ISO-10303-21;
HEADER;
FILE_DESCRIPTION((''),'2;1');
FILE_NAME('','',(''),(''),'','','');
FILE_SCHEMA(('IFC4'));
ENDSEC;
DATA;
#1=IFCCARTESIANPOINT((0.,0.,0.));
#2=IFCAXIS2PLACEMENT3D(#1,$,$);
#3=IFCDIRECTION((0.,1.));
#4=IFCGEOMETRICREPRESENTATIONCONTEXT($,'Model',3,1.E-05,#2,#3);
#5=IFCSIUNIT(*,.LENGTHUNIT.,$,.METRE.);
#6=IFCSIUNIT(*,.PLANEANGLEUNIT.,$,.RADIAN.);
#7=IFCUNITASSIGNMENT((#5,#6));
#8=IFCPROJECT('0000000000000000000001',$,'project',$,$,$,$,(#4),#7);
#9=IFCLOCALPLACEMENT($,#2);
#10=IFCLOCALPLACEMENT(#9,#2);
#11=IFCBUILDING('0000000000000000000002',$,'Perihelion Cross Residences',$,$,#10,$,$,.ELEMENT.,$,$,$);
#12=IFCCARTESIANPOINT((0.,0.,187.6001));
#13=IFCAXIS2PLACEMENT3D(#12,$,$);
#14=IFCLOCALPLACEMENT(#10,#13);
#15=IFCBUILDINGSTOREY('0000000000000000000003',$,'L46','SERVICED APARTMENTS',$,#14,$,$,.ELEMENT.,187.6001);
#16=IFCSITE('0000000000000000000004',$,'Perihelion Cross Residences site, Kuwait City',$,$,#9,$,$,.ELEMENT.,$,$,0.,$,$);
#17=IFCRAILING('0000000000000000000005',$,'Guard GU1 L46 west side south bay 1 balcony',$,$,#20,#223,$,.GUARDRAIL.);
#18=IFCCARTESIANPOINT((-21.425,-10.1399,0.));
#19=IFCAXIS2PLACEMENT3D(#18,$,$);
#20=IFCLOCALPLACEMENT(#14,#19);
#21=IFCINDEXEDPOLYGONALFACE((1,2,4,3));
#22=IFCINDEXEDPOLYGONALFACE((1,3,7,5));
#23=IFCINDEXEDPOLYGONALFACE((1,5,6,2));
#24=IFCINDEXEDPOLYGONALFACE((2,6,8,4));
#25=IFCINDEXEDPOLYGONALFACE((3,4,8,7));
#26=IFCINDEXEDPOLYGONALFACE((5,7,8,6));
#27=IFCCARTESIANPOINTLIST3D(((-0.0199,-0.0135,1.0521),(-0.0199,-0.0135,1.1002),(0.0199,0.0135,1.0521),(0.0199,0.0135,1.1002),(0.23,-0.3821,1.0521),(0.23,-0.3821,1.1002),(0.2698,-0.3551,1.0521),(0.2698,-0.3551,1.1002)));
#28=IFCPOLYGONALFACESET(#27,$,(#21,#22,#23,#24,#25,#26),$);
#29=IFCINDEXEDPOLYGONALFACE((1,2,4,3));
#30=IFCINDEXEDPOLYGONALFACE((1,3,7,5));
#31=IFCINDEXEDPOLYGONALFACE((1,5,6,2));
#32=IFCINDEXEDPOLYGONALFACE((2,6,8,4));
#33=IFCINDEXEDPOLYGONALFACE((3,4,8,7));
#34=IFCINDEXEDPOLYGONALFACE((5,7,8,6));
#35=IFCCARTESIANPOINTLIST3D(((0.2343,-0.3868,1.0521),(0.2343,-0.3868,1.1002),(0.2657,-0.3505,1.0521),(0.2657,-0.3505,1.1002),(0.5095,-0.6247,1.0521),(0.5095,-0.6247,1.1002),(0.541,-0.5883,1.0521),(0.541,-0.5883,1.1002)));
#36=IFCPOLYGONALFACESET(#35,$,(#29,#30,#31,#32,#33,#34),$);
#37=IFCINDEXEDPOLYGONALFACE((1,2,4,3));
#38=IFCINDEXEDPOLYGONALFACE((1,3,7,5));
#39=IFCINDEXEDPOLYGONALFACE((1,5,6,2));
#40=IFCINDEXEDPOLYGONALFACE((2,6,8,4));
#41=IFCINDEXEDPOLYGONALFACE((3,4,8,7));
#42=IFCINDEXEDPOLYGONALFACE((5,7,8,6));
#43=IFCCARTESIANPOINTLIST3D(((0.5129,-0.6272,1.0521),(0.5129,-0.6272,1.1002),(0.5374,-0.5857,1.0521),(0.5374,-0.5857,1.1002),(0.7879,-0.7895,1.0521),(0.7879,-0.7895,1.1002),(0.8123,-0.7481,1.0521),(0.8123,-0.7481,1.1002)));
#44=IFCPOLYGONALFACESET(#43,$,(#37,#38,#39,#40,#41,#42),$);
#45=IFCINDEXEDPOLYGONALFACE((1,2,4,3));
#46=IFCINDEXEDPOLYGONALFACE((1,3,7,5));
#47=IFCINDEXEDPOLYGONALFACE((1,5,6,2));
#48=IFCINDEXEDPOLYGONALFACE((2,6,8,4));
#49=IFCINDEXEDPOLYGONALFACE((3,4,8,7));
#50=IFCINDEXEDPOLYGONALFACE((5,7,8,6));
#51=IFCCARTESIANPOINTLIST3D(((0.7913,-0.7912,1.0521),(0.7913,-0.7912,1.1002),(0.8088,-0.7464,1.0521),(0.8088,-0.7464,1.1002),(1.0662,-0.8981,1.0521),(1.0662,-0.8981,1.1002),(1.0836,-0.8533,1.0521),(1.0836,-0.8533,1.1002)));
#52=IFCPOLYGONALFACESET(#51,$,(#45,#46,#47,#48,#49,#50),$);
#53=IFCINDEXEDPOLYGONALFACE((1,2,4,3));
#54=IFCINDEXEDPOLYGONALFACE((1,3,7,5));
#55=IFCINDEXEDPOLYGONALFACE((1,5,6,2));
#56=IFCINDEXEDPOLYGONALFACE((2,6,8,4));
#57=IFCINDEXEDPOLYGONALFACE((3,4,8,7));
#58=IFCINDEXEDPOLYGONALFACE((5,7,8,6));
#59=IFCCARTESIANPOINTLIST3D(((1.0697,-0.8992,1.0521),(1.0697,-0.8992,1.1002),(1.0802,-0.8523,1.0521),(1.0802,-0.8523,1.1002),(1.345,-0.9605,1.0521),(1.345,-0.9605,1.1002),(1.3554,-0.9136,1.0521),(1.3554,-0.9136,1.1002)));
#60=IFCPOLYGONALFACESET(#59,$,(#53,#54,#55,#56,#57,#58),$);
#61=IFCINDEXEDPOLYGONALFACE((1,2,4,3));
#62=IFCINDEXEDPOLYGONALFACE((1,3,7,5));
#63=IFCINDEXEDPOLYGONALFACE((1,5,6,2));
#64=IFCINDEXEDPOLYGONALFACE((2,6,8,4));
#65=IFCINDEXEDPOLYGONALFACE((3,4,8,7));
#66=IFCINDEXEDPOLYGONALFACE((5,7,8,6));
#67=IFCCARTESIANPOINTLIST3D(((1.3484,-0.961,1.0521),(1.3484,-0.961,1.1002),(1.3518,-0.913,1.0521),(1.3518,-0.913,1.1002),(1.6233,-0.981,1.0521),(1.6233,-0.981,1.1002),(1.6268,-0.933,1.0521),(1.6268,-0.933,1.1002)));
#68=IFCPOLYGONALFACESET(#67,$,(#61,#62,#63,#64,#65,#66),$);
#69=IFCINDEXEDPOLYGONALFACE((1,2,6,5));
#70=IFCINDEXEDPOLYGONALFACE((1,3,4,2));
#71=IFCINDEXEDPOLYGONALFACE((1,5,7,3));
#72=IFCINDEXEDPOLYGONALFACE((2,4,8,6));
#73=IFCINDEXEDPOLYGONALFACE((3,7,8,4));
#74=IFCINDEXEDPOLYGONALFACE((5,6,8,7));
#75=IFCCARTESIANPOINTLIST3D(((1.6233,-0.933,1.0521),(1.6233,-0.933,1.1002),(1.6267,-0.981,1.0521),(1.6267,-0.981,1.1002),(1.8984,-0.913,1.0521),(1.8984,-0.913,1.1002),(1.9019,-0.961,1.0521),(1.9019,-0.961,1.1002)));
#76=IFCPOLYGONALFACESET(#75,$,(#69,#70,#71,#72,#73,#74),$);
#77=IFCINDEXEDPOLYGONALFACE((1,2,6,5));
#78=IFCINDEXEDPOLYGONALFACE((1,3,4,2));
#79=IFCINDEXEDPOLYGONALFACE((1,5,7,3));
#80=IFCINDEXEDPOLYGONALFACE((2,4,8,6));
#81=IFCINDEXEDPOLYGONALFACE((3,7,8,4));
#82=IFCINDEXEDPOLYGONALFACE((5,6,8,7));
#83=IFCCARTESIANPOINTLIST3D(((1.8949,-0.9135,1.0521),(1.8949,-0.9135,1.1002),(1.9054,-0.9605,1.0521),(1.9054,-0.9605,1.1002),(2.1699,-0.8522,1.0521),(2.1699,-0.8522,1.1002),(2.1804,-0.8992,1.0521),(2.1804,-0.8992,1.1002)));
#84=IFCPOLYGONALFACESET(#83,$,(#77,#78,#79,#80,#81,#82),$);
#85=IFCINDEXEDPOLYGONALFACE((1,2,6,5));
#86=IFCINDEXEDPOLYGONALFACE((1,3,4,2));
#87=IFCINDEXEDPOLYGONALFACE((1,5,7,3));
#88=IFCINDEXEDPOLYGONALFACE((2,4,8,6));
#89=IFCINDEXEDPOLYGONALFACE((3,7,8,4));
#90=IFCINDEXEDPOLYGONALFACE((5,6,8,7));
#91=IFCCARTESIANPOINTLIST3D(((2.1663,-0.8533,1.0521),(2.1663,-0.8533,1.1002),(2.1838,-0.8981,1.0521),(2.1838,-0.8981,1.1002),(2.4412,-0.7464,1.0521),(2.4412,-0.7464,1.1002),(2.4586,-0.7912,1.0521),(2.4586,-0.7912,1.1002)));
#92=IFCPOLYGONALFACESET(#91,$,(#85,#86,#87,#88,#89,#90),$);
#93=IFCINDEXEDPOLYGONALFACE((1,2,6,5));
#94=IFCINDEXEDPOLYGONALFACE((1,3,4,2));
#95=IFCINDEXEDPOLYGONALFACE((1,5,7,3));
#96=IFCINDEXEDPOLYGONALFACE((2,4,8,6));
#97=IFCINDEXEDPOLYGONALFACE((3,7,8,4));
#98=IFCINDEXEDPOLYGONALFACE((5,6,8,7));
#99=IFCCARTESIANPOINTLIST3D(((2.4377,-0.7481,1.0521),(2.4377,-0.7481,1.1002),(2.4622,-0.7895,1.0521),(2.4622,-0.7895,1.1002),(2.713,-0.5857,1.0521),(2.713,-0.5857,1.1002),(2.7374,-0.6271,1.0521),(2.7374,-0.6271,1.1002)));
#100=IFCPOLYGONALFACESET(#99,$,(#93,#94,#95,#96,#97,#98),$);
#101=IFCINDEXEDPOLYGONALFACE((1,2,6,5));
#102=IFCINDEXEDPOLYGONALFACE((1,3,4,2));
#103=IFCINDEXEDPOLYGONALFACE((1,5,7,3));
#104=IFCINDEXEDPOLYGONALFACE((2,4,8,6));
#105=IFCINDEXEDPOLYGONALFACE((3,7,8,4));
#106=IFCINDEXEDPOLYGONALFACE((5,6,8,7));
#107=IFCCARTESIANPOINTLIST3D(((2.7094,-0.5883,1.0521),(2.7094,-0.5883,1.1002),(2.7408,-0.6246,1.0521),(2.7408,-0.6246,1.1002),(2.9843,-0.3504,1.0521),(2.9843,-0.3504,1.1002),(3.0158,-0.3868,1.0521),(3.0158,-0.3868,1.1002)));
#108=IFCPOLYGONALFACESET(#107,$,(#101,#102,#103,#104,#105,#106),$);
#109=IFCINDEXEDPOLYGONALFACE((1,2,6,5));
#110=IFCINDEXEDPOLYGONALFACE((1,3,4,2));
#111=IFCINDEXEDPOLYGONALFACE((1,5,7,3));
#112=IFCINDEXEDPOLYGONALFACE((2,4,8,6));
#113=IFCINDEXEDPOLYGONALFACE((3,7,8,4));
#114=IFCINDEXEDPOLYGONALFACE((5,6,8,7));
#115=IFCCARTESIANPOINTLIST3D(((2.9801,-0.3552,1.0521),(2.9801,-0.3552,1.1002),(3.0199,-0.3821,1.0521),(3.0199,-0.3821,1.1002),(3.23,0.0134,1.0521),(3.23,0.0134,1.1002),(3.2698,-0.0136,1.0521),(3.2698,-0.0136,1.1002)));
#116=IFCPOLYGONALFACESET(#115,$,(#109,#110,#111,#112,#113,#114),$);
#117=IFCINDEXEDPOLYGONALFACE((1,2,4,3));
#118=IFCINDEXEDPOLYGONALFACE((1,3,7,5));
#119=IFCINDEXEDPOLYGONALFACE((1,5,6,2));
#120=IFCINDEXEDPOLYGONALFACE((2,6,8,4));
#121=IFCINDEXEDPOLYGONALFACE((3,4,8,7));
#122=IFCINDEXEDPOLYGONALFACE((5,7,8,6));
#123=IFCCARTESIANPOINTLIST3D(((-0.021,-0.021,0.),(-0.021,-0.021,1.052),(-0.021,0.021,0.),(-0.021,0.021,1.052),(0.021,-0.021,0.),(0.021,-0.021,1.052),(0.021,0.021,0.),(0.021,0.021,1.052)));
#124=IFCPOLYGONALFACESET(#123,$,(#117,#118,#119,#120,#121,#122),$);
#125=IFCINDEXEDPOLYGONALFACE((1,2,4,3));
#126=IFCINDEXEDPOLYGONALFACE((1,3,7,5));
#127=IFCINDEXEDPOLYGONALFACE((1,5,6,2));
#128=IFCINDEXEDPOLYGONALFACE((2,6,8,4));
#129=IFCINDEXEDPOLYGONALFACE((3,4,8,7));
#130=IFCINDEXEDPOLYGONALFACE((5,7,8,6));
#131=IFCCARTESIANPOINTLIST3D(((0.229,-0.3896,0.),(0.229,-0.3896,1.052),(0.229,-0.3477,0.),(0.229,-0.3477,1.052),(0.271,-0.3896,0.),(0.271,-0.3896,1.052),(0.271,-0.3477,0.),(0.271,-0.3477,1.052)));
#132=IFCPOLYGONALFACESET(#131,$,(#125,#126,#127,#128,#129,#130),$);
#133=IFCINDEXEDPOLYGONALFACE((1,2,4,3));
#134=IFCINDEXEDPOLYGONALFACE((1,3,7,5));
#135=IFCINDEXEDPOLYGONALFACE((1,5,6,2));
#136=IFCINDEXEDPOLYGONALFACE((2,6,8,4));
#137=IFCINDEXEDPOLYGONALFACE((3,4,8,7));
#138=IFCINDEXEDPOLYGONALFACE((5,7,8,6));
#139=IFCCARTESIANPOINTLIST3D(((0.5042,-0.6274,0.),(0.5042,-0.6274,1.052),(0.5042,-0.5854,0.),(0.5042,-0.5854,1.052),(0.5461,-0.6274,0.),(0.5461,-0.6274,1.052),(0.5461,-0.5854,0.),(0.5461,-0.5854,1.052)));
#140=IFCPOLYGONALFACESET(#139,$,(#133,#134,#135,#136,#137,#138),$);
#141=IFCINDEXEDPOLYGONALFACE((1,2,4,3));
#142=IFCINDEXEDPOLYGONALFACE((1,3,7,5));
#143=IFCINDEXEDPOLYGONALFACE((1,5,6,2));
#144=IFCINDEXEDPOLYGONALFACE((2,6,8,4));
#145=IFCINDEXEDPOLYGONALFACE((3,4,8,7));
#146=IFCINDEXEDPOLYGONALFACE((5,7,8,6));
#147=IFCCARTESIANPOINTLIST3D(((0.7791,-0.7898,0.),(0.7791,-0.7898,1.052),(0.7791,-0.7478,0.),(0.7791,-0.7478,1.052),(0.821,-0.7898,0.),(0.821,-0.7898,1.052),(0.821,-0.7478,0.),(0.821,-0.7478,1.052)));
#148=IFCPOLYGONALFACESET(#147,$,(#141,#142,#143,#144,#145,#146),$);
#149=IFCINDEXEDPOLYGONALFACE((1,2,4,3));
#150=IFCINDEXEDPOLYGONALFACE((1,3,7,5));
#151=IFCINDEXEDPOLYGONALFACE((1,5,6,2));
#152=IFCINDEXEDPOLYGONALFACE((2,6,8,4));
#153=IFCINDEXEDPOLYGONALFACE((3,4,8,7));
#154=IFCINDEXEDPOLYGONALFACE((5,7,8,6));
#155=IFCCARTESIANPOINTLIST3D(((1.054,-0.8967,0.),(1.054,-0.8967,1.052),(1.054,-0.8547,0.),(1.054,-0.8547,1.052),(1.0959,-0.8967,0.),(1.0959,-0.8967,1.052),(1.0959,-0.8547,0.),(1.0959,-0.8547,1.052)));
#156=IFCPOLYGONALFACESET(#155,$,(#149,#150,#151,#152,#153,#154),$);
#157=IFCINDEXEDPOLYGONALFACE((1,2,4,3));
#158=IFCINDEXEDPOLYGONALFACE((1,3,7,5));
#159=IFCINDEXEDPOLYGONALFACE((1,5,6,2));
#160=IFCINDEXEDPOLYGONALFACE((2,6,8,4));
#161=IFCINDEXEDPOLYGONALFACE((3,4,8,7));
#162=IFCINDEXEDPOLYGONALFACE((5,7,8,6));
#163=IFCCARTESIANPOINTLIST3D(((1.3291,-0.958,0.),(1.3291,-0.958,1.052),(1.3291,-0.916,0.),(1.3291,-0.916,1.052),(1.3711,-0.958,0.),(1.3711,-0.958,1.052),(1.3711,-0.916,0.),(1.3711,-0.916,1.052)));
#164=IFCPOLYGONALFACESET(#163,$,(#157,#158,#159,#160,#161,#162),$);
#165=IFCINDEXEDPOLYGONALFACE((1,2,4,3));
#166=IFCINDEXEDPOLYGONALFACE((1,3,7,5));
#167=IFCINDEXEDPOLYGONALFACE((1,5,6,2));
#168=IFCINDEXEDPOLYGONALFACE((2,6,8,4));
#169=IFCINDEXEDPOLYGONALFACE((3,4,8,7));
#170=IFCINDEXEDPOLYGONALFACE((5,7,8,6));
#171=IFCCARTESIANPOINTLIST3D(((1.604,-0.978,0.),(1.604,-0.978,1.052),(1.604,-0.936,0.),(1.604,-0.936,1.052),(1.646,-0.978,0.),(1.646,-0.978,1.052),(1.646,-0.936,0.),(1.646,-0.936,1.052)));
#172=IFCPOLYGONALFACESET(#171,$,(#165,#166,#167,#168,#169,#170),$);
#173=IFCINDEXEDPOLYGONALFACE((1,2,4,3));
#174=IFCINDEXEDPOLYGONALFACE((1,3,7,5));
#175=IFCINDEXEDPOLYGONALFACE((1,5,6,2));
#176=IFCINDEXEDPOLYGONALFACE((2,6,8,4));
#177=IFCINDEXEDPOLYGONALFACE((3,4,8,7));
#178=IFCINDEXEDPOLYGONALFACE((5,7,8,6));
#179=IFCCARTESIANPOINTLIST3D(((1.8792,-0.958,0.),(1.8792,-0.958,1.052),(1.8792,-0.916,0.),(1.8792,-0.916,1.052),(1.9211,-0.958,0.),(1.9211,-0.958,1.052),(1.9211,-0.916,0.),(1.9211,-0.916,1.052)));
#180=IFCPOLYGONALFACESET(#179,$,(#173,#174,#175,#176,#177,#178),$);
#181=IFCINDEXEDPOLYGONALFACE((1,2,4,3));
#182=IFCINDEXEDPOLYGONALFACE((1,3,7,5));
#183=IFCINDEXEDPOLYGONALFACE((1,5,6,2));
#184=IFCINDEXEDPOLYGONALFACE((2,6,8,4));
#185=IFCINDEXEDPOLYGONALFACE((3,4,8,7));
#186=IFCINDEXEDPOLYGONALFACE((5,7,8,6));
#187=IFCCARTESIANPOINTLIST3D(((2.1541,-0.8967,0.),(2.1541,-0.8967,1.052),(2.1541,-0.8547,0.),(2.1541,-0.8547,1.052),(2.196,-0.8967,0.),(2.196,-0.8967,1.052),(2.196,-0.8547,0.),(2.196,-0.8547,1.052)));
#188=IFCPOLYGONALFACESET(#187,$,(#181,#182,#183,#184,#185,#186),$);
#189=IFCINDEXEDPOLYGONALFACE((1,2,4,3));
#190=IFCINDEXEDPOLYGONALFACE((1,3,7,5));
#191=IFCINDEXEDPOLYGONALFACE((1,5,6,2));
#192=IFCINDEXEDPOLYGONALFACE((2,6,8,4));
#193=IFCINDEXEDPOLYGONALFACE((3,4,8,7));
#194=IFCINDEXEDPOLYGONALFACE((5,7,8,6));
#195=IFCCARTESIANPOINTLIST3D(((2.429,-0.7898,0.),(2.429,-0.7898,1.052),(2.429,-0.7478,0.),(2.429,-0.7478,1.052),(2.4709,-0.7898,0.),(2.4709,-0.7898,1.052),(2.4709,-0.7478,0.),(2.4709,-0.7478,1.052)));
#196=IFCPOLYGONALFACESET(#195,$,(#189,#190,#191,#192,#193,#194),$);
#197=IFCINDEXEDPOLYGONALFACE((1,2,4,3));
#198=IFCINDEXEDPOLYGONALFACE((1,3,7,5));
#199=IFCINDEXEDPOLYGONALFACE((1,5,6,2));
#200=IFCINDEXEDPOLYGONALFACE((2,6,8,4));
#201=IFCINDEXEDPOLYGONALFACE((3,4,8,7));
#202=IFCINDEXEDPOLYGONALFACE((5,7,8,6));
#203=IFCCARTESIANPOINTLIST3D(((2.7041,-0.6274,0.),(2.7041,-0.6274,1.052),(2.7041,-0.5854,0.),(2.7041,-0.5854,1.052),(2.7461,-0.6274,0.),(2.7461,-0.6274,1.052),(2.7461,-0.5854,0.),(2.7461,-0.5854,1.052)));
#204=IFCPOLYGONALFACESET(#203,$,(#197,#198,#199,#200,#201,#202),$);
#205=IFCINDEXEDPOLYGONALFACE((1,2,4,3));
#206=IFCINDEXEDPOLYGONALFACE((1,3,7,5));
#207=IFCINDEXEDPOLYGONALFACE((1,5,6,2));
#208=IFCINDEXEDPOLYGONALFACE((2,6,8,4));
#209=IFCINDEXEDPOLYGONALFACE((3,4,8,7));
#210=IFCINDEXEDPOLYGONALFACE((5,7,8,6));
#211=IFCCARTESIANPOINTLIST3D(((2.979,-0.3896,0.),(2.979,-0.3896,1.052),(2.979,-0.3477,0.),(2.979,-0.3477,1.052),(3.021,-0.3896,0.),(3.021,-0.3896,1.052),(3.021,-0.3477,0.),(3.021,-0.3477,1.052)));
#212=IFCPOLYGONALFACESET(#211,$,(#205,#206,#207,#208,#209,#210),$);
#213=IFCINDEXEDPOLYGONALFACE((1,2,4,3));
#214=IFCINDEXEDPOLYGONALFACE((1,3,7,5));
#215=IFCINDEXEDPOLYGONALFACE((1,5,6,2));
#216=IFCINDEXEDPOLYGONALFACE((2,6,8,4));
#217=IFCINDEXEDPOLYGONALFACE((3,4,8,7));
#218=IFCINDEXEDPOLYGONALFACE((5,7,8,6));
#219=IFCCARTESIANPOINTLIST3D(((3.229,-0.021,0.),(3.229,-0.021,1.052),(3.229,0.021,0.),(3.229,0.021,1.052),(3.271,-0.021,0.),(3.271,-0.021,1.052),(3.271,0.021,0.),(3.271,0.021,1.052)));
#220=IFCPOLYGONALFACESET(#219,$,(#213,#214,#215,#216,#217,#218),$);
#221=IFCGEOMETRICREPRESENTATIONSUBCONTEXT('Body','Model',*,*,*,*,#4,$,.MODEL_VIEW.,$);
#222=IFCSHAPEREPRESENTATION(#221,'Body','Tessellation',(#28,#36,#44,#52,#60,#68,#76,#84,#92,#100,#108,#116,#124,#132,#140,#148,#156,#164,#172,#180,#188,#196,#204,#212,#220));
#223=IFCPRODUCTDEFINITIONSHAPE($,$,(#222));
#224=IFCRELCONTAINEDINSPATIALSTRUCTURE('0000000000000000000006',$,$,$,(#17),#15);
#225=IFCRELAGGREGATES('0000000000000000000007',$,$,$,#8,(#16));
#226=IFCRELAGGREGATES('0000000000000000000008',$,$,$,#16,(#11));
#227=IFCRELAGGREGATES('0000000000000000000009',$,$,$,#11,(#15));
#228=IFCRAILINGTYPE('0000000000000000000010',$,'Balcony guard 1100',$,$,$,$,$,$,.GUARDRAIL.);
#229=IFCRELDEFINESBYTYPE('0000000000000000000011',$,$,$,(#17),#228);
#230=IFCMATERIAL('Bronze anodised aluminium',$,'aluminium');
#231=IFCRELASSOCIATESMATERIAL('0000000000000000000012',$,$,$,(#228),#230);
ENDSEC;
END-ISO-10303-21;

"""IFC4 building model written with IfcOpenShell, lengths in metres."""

from ifc_helpers import new_model, si_unit, direction, frame, origin, origin_2d, place, context, subcontext, project, spatial, rectangle, extrude, material, type_object, element, save


model = new_model("IFC4")

# Units and contexts
model_context = context("Model", 3, precision=1e-05, world=origin(), true_north=direction((0.0, 1.0)))
body_context = subcontext(model_context, "Body", "Model", "MODEL_VIEW")
ifc_project = project(units=[si_unit("LENGTHUNIT", "METRE"), si_unit("PLANEANGLEUNIT", "RADIAN")], contexts=[model_context])

# Site, building, storey
site_placement = place(None, origin())
site = spatial("IfcSite", under=ifc_project, at=site_placement, Name="Perihelion Cross Residences site, Kuwait City", CompositionType="ELEMENT", RefElevation=0.0)
building_placement = place(site_placement, origin())
building = spatial("IfcBuilding", under=site, at=building_placement, Name="Perihelion Cross Residences", CompositionType="ELEMENT")
storey_placement = place(building_placement, frame((0.0, 0.0, 187.6001)))
storey = spatial("IfcBuildingStorey", under=building, at=storey_placement, Name="L46", Description="SERVICED APARTMENTS", CompositionType="ELEMENT", Elevation=187.6001)

# Railing
ifc_material_1 = material(Name="Bronze anodised aluminium", Category="aluminium")
railing_type_1 = type_object("IfcRailingType", Name="Balcony guard 1100", PredefinedType="GUARDRAIL", material=ifc_material_1)
railing_1_placement = place(storey_placement, frame((-21.425, -10.1399, 0.0)))
element("IfcRailing", 1, at=railing_1_placement, inside=storey, type_object=railing_type_1, Name="Guard GU1 L46 west side south bay 1 balcony", PredefinedType="GUARDRAIL", context=body_context, shape_type="SweptSolid", body=[
    extrude(rectangle(XDim=0.0481, YDim=0.0481, at=origin_2d()), frame((0.0, 0.0, 1.0762), z_axis=(0.56126, -0.827639, 0.0), x_axis=(0.827639, 0.56126, 0.0)), (0.0, 0.0, 1.0), 0.4453),
    extrude(rectangle(XDim=0.0481, YDim=0.0481, at=origin_2d()), frame((0.25, -0.3687, 1.0762), z_axis=(0.756597, -0.653882, 0.0), x_axis=(0.653882, 0.756597, 0.0)), (0.0, 0.0, 1.0), 0.3638),
    extrude(rectangle(XDim=0.0481, YDim=0.0481, at=origin_2d()), frame((0.5251, -0.6064, 1.0762), z_axis=(0.861048, -0.508523, 0.0), x_axis=(0.508523, 0.861048, 0.0)), (0.0, 0.0, 1.0), 0.3193),
    extrude(rectangle(XDim=0.0481, YDim=0.0481, at=origin_2d()), frame((0.8, -0.7688, 1.0762), z_axis=(0.931974, -0.362526, 0.0), x_axis=(0.362526, 0.931974, 0.0)), (0.0, 0.0, 1.0), 0.2949),
    extrude(rectangle(XDim=0.0481, YDim=0.0481, at=origin_2d()), frame((1.075, -0.8757, 1.0762), z_axis=(0.976085, -0.217389, 0.0), x_axis=(0.217389, 0.976085, 0.0)), (0.0, 0.0, 1.0), 0.282),
    extrude(rectangle(XDim=0.0481, YDim=0.0481, at=origin_2d()), frame((1.3501, -0.937, 1.0762), z_axis=(0.997359, -0.072632, 0.0), x_axis=(0.072632, 0.997359, 0.0)), (0.0, 0.0, 1.0), 0.2756),
    extrude(rectangle(XDim=0.0481, YDim=0.0481, at=origin_2d()), frame((1.625, -0.957, 1.0762), z_axis=(0.997363, 0.072568, 0.0), x_axis=(-0.072568, 0.997363, 0.0)), (0.0, 0.0, 1.0), 0.2759),
    extrude(rectangle(XDim=0.0481, YDim=0.0481, at=origin_2d()), frame((1.9001, -0.937, 1.0762), z_axis=(0.976044, 0.217573, 0.0), x_axis=(-0.217573, 0.976044, 0.0)), (0.0, 0.0, 1.0), 0.2817),
    extrude(rectangle(XDim=0.0481, YDim=0.0481, at=origin_2d()), frame((2.175, -0.8757, 1.0762), z_axis=(0.931974, 0.362526, 0.0), x_axis=(-0.362526, 0.931974, 0.0)), (0.0, 0.0, 1.0), 0.2949),
    extrude(rectangle(XDim=0.0481, YDim=0.0481, at=origin_2d()), frame((2.45, -0.7688, 1.0762), z_axis=(0.861246, 0.508189, 0.0), x_axis=(-0.508189, 0.861246, 0.0)), (0.0, 0.0, 1.0), 0.3196),
    extrude(rectangle(XDim=0.0481, YDim=0.0481, at=origin_2d()), frame((2.7251, -0.6064, 1.0762), z_axis=(0.756309, 0.654214, 0.0), x_axis=(-0.654214, 0.756309, 0.0)), (0.0, 0.0, 1.0), 0.3635),
    extrude(rectangle(XDim=0.0481, YDim=0.0481, at=origin_2d()), frame((3.0, -0.3687, 1.0762), z_axis=(0.56126, 0.827639, 0.0), x_axis=(-0.827639, 0.56126, 0.0)), (0.0, 0.0, 1.0), 0.4453),
    extrude(rectangle(XDim=0.042, YDim=0.042, at=origin_2d()), origin(), (0.0, 0.0, 1.0), 1.052),
    extrude(rectangle(XDim=0.042, YDim=0.042, at=origin_2d()), frame((0.25, -0.3687, 0.0)), (0.0, 0.0, 1.0), 1.052),
    extrude(rectangle(XDim=0.042, YDim=0.042, at=origin_2d()), frame((0.5251, -0.6064, 0.0)), (0.0, 0.0, 1.0), 1.052),
    extrude(rectangle(XDim=0.042, YDim=0.042, at=origin_2d()), frame((0.8, -0.7688, 0.0)), (0.0, 0.0, 1.0), 1.052),
    extrude(rectangle(XDim=0.042, YDim=0.042, at=origin_2d()), frame((1.075, -0.8757, 0.0)), (0.0, 0.0, 1.0), 1.052),
    extrude(rectangle(XDim=0.042, YDim=0.042, at=origin_2d()), frame((1.3501, -0.937, 0.0)), (0.0, 0.0, 1.0), 1.052),
    extrude(rectangle(XDim=0.042, YDim=0.042, at=origin_2d()), frame((1.625, -0.957, 0.0)), (0.0, 0.0, 1.0), 1.052),
    extrude(rectangle(XDim=0.042, YDim=0.042, at=origin_2d()), frame((1.9001, -0.937, 0.0)), (0.0, 0.0, 1.0), 1.052),
    extrude(rectangle(XDim=0.042, YDim=0.042, at=origin_2d()), frame((2.175, -0.8757, 0.0)), (0.0, 0.0, 1.0), 1.052),
    extrude(rectangle(XDim=0.042, YDim=0.042, at=origin_2d()), frame((2.45, -0.7688, 0.0)), (0.0, 0.0, 1.0), 1.052),
    extrude(rectangle(XDim=0.042, YDim=0.042, at=origin_2d()), frame((2.7251, -0.6064, 0.0)), (0.0, 0.0, 1.0), 1.052),
    extrude(rectangle(XDim=0.042, YDim=0.042, at=origin_2d()), frame((3.0, -0.3687, 0.0)), (0.0, 0.0, 1.0), 1.052),
    extrude(rectangle(XDim=0.042, YDim=0.042, at=origin_2d()), frame((3.25, 0.0, 0.0)), (0.0, 0.0, 1.0), 1.052),
])

save(model, "model.ifc")
